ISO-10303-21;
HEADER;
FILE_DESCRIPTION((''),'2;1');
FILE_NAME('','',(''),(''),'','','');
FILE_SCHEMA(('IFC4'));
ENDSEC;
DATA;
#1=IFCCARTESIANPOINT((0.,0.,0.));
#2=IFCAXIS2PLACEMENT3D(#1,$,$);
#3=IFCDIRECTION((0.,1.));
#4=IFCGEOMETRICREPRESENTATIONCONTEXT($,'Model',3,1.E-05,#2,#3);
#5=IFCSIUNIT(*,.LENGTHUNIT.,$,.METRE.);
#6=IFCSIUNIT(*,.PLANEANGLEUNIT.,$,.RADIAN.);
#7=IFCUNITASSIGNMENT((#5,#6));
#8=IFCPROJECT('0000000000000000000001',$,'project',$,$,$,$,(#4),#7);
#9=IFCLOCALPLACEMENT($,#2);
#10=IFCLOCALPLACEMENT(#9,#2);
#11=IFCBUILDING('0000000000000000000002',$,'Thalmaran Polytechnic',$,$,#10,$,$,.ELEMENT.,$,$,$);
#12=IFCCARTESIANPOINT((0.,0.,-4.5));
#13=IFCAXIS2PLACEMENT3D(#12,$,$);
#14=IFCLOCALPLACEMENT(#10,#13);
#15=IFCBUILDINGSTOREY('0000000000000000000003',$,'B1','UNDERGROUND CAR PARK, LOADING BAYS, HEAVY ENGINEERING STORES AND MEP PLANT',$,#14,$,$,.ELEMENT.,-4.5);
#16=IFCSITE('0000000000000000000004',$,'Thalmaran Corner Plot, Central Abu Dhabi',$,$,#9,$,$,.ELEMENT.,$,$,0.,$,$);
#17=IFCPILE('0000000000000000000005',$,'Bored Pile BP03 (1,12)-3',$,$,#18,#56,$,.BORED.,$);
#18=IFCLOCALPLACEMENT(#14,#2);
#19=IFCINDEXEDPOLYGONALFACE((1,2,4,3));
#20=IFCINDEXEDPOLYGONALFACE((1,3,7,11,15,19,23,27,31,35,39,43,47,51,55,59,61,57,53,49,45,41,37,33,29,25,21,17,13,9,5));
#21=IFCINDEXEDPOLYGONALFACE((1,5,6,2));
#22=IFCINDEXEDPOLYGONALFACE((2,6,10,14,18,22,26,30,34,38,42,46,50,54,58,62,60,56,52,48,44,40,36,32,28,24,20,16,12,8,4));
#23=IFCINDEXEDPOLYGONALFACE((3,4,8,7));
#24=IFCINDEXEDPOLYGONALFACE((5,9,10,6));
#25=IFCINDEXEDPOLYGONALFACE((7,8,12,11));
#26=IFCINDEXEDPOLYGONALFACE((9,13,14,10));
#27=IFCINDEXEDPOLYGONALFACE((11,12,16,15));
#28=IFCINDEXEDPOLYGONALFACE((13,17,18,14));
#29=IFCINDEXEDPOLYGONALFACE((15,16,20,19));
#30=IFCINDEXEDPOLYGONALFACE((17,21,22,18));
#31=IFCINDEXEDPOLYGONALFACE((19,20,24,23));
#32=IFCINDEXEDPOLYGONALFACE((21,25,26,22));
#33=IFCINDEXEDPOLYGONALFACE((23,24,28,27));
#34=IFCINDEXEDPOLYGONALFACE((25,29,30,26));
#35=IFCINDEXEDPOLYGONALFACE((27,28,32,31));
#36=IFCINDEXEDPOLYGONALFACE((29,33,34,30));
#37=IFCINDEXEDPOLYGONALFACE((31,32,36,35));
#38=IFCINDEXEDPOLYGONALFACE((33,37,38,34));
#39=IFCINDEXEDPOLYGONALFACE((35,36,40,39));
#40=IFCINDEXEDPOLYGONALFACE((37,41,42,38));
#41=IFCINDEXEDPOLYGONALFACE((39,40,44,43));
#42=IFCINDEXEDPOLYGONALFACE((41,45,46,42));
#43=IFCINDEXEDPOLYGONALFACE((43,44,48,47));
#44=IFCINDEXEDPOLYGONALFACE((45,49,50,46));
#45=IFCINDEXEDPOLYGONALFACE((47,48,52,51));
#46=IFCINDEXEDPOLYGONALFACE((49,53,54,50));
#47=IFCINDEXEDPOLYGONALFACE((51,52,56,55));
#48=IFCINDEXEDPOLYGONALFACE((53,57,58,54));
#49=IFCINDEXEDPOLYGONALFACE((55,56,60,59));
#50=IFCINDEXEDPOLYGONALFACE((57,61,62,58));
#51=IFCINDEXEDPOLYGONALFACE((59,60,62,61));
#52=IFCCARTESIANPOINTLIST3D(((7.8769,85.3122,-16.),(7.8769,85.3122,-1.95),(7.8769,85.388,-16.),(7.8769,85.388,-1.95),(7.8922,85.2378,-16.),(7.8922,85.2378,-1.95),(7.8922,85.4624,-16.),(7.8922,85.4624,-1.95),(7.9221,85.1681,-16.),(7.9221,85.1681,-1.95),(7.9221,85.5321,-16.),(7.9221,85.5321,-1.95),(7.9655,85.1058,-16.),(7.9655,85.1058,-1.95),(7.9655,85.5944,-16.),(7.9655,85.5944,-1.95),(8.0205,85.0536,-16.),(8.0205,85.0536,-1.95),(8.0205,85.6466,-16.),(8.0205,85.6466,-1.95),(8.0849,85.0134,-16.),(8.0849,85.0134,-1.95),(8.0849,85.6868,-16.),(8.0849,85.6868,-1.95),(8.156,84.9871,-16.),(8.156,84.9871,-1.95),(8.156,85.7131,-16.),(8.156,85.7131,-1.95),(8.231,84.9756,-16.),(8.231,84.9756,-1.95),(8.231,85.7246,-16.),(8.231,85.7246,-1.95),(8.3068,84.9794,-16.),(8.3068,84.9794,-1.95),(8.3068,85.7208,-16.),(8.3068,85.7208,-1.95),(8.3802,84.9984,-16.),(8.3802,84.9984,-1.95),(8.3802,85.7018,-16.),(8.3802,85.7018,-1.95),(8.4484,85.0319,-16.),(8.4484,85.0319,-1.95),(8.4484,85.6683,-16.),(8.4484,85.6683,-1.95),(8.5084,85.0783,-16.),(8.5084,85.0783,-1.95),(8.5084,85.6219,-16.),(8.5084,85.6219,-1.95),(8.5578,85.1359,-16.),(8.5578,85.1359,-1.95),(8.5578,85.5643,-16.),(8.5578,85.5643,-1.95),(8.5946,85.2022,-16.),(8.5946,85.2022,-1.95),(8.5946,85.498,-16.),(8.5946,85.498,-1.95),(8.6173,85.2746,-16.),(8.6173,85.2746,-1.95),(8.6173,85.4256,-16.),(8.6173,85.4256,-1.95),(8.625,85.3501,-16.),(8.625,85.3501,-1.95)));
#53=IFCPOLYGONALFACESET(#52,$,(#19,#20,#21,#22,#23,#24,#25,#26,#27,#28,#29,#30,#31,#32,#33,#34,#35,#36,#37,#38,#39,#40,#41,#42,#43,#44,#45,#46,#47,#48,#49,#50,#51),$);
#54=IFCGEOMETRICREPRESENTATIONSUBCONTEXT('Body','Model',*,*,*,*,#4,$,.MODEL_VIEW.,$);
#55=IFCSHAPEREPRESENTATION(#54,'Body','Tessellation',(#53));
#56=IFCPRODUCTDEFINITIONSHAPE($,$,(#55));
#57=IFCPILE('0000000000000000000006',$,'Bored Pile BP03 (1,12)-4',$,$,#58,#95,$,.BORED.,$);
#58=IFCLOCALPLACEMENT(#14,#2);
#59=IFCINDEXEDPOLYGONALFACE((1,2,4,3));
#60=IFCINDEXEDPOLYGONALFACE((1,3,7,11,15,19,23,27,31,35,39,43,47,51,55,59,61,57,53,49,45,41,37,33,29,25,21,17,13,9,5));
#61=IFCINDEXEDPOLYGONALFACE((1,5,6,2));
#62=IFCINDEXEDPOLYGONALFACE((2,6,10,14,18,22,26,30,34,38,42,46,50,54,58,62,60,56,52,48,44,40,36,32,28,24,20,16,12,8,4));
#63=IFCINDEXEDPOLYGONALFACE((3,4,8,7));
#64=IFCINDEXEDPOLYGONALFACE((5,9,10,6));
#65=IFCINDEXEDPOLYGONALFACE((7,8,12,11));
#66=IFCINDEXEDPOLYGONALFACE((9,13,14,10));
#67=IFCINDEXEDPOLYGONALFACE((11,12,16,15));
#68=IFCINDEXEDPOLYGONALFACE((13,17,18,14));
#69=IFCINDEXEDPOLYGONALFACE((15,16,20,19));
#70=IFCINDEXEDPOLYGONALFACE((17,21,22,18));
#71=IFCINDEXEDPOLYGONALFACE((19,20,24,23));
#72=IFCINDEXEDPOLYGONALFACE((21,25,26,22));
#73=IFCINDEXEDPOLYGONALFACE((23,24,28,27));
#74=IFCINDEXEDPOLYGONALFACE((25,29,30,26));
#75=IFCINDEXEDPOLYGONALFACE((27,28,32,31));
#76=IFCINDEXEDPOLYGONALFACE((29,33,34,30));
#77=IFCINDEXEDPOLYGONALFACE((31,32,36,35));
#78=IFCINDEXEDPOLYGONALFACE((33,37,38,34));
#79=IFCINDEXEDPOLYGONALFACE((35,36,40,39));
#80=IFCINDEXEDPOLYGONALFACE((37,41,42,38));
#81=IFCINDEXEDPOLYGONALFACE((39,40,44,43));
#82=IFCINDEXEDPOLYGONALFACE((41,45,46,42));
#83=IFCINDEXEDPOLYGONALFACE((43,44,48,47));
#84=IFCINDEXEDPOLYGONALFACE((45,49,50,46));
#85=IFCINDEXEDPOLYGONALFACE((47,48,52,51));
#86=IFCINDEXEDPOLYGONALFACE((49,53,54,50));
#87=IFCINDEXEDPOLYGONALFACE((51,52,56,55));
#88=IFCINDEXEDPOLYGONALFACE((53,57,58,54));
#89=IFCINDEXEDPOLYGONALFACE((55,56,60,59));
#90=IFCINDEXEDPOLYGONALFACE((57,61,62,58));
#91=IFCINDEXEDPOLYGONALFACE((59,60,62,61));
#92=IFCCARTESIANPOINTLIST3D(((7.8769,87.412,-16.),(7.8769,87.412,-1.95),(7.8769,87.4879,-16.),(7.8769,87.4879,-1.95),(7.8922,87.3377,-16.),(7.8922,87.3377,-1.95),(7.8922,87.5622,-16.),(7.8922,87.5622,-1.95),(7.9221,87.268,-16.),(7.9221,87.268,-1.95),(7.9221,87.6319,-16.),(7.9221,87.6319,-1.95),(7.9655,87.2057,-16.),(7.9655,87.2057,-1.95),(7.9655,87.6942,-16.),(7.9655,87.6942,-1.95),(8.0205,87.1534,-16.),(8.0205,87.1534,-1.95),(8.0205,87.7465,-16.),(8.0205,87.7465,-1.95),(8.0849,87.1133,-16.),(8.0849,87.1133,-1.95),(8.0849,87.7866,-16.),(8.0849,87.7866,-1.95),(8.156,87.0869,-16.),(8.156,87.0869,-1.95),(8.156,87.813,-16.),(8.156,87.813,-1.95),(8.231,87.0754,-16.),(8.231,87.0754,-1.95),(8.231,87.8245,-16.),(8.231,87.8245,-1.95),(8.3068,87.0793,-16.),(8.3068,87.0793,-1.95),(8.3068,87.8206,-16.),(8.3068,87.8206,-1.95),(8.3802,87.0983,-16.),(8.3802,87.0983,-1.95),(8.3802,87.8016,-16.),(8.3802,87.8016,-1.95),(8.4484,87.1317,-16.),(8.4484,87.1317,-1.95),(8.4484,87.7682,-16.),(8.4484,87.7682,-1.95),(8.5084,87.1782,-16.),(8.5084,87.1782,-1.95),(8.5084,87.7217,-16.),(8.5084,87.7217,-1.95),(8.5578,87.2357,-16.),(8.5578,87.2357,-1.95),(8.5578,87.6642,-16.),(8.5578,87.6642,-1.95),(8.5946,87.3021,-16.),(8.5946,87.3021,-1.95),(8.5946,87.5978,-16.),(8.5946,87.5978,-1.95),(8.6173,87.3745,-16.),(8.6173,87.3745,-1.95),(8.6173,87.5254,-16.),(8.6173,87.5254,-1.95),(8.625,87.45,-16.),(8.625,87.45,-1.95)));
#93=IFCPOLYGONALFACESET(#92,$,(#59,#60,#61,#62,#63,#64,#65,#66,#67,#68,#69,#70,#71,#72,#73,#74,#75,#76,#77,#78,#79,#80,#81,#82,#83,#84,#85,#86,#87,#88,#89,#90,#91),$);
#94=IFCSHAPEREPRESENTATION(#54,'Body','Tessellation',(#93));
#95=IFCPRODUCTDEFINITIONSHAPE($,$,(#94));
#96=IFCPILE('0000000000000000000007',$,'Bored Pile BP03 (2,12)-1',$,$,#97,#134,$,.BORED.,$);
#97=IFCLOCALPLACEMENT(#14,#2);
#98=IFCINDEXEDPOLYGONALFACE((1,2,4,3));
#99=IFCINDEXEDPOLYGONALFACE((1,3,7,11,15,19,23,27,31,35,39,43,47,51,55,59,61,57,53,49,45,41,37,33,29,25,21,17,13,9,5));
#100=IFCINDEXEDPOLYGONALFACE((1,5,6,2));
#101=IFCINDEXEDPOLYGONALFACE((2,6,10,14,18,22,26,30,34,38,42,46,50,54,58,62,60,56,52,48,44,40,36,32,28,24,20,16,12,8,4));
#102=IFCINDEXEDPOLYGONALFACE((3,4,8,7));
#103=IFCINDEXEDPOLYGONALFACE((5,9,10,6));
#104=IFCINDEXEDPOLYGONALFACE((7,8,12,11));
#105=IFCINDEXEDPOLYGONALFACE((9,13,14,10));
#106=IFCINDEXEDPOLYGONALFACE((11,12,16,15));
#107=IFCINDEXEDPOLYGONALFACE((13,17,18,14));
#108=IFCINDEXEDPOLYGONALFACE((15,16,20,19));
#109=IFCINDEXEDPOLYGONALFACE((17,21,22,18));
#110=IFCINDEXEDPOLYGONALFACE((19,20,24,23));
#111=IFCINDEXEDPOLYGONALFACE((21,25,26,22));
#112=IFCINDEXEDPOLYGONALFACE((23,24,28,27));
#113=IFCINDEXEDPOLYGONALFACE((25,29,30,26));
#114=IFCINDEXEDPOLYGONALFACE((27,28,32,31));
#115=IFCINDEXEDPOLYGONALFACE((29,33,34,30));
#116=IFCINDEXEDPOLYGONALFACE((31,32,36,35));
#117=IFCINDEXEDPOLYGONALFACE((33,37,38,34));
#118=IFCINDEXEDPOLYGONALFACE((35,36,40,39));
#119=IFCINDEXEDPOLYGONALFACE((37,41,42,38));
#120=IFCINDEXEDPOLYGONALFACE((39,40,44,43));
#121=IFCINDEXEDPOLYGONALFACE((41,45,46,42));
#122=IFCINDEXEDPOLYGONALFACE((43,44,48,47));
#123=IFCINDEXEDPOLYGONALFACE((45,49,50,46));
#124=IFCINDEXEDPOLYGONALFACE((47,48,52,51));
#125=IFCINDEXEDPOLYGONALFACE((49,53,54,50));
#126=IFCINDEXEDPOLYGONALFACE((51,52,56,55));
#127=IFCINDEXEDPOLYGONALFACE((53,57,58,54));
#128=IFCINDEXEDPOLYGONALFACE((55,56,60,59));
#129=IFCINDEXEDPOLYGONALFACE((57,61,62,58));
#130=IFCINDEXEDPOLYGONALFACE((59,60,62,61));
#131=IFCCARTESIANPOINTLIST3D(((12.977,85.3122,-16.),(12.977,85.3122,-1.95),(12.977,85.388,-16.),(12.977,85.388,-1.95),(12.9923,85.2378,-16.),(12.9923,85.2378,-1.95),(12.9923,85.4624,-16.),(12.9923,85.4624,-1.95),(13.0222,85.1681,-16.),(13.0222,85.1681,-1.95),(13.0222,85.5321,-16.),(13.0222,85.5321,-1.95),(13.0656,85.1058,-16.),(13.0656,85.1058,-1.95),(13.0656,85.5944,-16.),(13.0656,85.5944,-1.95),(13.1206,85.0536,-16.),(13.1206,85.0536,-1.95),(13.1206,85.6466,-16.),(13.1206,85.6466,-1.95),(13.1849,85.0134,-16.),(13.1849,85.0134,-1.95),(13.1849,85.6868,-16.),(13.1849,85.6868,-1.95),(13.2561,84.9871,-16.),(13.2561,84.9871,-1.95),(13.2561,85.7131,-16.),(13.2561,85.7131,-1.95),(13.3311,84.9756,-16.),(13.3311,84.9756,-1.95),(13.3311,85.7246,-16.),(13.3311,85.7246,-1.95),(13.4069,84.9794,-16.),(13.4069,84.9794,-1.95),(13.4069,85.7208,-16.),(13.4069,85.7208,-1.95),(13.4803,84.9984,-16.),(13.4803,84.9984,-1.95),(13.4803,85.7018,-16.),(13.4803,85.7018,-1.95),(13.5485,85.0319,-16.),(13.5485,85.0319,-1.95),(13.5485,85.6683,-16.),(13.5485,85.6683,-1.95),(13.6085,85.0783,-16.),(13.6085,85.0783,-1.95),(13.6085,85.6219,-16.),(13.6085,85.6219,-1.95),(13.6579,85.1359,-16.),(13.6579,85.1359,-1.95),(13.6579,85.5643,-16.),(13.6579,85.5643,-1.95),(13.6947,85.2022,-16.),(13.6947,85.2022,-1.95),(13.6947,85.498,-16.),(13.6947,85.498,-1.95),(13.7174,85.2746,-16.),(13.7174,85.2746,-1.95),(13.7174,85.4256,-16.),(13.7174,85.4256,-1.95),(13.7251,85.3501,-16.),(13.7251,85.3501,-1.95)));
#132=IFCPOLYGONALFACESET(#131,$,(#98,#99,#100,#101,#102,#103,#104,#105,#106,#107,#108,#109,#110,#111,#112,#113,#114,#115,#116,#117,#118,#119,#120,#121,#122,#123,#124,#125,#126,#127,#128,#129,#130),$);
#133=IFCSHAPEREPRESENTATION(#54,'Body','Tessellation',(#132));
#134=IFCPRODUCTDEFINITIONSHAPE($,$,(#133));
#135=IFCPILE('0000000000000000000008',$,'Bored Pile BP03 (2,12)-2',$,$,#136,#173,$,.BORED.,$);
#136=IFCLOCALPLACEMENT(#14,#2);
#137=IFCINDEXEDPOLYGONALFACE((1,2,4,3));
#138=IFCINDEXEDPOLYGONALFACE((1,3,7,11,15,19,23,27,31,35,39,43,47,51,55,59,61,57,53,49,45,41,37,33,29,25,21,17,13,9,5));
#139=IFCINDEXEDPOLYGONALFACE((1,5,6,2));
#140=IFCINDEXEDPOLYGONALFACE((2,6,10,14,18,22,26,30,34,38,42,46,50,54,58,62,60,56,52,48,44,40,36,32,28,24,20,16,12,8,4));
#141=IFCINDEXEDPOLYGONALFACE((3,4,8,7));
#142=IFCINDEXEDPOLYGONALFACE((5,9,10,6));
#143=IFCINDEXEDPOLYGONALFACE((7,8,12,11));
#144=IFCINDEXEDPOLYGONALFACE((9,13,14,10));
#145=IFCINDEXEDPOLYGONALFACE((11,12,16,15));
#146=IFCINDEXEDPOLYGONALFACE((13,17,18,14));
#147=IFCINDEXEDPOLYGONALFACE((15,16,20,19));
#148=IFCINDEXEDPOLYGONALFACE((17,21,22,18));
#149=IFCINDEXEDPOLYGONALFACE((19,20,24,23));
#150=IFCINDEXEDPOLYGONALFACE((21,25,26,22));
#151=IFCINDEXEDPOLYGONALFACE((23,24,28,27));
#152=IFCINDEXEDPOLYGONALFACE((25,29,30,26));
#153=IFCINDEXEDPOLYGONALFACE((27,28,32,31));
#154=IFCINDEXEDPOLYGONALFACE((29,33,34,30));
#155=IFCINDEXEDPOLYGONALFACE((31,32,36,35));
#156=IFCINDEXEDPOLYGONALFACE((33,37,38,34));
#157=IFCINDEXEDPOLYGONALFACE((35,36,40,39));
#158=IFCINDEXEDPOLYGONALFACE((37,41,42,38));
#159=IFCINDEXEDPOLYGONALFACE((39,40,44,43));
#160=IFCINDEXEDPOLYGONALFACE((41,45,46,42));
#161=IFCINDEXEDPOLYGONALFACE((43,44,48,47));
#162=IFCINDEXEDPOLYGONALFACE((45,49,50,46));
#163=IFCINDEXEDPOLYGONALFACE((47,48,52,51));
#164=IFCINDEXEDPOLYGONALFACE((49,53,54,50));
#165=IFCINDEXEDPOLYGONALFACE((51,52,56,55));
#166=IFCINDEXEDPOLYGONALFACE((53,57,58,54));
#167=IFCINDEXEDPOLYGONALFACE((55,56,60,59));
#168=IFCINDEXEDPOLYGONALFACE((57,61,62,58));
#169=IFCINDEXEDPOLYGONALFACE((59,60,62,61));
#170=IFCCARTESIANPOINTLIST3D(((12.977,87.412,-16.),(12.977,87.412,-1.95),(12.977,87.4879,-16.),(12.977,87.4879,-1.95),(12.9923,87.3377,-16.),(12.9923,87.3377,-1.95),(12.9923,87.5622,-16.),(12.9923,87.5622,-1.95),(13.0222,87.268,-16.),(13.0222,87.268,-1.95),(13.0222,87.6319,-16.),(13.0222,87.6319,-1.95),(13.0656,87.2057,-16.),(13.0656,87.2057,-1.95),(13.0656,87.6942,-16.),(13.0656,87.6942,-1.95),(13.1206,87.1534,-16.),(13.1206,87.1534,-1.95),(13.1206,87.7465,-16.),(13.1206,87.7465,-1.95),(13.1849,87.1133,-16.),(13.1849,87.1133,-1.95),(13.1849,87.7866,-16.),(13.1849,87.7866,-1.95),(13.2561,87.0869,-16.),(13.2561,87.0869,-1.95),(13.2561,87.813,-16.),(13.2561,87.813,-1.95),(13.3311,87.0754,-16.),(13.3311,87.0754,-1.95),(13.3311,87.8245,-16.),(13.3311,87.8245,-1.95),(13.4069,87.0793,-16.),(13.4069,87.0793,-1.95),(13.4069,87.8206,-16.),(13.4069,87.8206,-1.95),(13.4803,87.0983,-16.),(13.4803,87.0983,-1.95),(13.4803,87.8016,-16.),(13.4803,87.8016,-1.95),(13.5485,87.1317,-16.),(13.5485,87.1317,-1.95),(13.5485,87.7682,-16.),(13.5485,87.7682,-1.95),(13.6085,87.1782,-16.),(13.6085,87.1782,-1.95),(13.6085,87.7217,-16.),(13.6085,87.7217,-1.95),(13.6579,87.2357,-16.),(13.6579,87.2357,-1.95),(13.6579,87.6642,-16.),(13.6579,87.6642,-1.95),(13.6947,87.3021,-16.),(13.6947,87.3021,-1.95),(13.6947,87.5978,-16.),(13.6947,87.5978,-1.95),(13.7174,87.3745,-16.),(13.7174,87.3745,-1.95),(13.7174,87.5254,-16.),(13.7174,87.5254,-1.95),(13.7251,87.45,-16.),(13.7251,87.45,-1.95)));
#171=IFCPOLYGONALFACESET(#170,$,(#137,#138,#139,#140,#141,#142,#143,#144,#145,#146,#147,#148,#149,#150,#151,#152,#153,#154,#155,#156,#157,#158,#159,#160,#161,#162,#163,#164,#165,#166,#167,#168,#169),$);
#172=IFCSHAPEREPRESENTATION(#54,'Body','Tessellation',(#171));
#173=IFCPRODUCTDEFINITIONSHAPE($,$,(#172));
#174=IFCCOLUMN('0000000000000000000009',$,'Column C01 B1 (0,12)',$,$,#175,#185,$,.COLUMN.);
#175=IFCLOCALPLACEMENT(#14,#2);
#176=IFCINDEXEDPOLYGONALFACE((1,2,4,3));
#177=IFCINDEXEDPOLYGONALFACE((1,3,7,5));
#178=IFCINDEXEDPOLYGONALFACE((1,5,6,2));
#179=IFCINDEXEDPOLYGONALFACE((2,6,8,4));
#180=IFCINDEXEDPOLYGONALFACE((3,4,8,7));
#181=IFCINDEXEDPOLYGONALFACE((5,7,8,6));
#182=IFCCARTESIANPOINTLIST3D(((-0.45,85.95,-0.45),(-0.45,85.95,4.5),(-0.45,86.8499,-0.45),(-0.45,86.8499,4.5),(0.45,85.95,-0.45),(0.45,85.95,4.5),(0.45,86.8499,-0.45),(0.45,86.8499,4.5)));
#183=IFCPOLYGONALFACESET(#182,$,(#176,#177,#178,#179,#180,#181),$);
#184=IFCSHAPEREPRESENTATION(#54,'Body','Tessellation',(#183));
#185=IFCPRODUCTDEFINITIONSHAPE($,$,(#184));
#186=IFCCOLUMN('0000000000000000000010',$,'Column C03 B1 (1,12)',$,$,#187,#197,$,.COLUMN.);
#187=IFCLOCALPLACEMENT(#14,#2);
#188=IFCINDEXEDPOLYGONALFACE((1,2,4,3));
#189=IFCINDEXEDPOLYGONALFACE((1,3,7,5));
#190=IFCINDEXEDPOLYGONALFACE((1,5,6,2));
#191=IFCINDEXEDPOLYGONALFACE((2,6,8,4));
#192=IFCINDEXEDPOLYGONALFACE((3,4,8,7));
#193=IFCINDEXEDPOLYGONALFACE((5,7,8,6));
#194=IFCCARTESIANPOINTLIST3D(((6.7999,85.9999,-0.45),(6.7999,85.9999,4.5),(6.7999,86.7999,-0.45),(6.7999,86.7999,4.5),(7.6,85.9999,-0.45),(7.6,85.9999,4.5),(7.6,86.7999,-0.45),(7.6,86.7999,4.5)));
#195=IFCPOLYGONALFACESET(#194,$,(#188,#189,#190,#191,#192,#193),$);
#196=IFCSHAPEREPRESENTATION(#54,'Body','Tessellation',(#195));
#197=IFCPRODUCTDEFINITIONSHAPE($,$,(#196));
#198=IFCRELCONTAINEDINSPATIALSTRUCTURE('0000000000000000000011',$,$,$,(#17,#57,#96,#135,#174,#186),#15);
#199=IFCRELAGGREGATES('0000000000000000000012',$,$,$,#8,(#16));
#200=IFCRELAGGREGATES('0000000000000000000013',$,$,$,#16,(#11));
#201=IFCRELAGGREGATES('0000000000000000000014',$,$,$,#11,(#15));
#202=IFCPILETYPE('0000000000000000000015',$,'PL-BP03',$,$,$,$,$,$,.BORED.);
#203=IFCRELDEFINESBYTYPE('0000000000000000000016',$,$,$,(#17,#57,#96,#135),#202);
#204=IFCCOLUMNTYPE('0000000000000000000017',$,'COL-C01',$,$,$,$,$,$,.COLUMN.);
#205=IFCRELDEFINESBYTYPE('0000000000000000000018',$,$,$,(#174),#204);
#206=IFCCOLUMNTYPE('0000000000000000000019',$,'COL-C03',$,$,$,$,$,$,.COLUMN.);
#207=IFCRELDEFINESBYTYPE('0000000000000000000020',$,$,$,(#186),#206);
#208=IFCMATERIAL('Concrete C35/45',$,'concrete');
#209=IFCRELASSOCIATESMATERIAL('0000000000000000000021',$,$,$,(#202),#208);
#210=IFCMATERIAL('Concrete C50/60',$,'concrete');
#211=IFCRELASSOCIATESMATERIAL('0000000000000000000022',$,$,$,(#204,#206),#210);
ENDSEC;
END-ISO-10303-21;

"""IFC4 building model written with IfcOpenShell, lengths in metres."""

from ifc_helpers import new_model, si_unit, direction, frame, origin, origin_2d, place, context, subcontext, project, spatial, rectangle, circle, extrude, material, material_profile, profile_set, type_object, element, save


model = new_model("IFC4")

# Units and contexts
model_context = context("Model", 3, precision=1e-05, world=origin(), true_north=direction((0.0, 1.0)))
body_context = subcontext(model_context, "Body", "Model", "MODEL_VIEW")
ifc_project = project(units=[si_unit("LENGTHUNIT", "METRE"), si_unit("PLANEANGLEUNIT", "RADIAN")], contexts=[model_context])

# Site, building, storey
site_placement = place(None, origin())
site = spatial("IfcSite", under=ifc_project, at=site_placement, Name="Thalmaran Corner Plot, Central Abu Dhabi", CompositionType="ELEMENT", RefElevation=0.0)
building_placement = place(site_placement, origin())
building = spatial("IfcBuilding", under=site, at=building_placement, Name="Thalmaran Polytechnic", CompositionType="ELEMENT")
storey_placement = place(building_placement, frame((0.0, 0.0, -4.5)))
storey = spatial("IfcBuildingStorey", under=building, at=storey_placement, Name="B1", Description="UNDERGROUND CAR PARK, LOADING BAYS, HEAVY ENGINEERING STORES AND MEP PLANT", CompositionType="ELEMENT", Elevation=-4.5)

# Piles
ifc_material_1 = material(Name="Concrete C35/45", Category="concrete")
ifc_material_profile_1 = material_profile(ifc_material_1, circle(Radius=0.375, at=origin_2d()), Name="RC 750 DIA")
ifc_profile_set_1 = profile_set([ifc_material_profile_1], Name="Concrete C35/45")
pile_type_1 = type_object("IfcPileType", Name="PL-BP03", PredefinedType="BORED", material=ifc_profile_set_1)
for number, where, z_axis, x_axis, name in (
    (1, (8.25, 85.3501, -1.95), (0.0, 0.0, -1.0), (1.0, 0.0, 0.0), "Bored Pile BP03 (1,12)-3"),
    (2, (8.25, 87.45, -1.95), (0.0, 0.0, -1.0), (1.0, 0.0, 0.0), "Bored Pile BP03 (1,12)-4"),
    (3, (13.3501, 85.3501, -1.95), (0.0, 0.0, -1.0), (1.0, 0.0, 0.0), "Bored Pile BP03 (2,12)-1"),
    (4, (13.3501, 87.45, -1.95), (0.0, 0.0, -1.0), (1.0, 0.0, 0.0), "Bored Pile BP03 (2,12)-2"),
):
    element("IfcPile", number, at=place(storey_placement, frame(where, z_axis=z_axis, x_axis=x_axis)), inside=storey, type_object=pile_type_1, Name=name, PredefinedType="BORED", context=body_context, shape_type="SweptSolid", body=[
        extrude(circle(Radius=0.375, at=origin_2d()), origin(), (0.0, 0.0, 1.0), 14.05),
    ])

# Columns
ifc_material_2 = material(Name="Concrete C50/60", Category="concrete")
ifc_material_profile_2 = material_profile(ifc_material_2, rectangle(XDim=0.8999, YDim=0.8999, at=origin_2d()), Name="RC 900x900")
ifc_profile_set_2 = profile_set([ifc_material_profile_2], Name="Concrete C50/60")
column_type_1 = type_object("IfcColumnType", Name="COL-C01", PredefinedType="COLUMN", material=ifc_profile_set_2)
column_1_placement = place(storey_placement, frame((0.0, 86.3999, -0.45), z_axis=(0.0, 0.0, 1.0), x_axis=(1.0, 0.0, 0.0)))
element("IfcColumn", 5, at=column_1_placement, inside=storey, type_object=column_type_1, Name="Column C01 B1 (0,12)", PredefinedType="COLUMN", context=body_context, shape_type="SweptSolid", body=[
    extrude(rectangle(XDim=0.8999, YDim=0.8999, at=origin_2d()), origin(), (0.0, 0.0, 1.0), 4.95),
])
ifc_material_profile_3 = material_profile(ifc_material_2, rectangle(XDim=0.8, YDim=0.8, at=origin_2d()), Name="RC 800x800")
ifc_profile_set_3 = profile_set([ifc_material_profile_3], Name="Concrete C50/60")
column_type_2 = type_object("IfcColumnType", Name="COL-C03", PredefinedType="COLUMN", material=ifc_profile_set_3)
column_2_placement = place(storey_placement, frame((7.2, 86.3999, -0.45), z_axis=(0.0, 0.0, 1.0), x_axis=(1.0, 0.0, 0.0)))
element("IfcColumn", 6, at=column_2_placement, inside=storey, type_object=column_type_2, Name="Column C03 B1 (1,12)", PredefinedType="COLUMN", context=body_context, shape_type="SweptSolid", body=[
    extrude(rectangle(XDim=0.8, YDim=0.8, at=origin_2d()), origin(), (0.0, 0.0, 1.0), 4.95),
])

save(model, "model.ifc")
